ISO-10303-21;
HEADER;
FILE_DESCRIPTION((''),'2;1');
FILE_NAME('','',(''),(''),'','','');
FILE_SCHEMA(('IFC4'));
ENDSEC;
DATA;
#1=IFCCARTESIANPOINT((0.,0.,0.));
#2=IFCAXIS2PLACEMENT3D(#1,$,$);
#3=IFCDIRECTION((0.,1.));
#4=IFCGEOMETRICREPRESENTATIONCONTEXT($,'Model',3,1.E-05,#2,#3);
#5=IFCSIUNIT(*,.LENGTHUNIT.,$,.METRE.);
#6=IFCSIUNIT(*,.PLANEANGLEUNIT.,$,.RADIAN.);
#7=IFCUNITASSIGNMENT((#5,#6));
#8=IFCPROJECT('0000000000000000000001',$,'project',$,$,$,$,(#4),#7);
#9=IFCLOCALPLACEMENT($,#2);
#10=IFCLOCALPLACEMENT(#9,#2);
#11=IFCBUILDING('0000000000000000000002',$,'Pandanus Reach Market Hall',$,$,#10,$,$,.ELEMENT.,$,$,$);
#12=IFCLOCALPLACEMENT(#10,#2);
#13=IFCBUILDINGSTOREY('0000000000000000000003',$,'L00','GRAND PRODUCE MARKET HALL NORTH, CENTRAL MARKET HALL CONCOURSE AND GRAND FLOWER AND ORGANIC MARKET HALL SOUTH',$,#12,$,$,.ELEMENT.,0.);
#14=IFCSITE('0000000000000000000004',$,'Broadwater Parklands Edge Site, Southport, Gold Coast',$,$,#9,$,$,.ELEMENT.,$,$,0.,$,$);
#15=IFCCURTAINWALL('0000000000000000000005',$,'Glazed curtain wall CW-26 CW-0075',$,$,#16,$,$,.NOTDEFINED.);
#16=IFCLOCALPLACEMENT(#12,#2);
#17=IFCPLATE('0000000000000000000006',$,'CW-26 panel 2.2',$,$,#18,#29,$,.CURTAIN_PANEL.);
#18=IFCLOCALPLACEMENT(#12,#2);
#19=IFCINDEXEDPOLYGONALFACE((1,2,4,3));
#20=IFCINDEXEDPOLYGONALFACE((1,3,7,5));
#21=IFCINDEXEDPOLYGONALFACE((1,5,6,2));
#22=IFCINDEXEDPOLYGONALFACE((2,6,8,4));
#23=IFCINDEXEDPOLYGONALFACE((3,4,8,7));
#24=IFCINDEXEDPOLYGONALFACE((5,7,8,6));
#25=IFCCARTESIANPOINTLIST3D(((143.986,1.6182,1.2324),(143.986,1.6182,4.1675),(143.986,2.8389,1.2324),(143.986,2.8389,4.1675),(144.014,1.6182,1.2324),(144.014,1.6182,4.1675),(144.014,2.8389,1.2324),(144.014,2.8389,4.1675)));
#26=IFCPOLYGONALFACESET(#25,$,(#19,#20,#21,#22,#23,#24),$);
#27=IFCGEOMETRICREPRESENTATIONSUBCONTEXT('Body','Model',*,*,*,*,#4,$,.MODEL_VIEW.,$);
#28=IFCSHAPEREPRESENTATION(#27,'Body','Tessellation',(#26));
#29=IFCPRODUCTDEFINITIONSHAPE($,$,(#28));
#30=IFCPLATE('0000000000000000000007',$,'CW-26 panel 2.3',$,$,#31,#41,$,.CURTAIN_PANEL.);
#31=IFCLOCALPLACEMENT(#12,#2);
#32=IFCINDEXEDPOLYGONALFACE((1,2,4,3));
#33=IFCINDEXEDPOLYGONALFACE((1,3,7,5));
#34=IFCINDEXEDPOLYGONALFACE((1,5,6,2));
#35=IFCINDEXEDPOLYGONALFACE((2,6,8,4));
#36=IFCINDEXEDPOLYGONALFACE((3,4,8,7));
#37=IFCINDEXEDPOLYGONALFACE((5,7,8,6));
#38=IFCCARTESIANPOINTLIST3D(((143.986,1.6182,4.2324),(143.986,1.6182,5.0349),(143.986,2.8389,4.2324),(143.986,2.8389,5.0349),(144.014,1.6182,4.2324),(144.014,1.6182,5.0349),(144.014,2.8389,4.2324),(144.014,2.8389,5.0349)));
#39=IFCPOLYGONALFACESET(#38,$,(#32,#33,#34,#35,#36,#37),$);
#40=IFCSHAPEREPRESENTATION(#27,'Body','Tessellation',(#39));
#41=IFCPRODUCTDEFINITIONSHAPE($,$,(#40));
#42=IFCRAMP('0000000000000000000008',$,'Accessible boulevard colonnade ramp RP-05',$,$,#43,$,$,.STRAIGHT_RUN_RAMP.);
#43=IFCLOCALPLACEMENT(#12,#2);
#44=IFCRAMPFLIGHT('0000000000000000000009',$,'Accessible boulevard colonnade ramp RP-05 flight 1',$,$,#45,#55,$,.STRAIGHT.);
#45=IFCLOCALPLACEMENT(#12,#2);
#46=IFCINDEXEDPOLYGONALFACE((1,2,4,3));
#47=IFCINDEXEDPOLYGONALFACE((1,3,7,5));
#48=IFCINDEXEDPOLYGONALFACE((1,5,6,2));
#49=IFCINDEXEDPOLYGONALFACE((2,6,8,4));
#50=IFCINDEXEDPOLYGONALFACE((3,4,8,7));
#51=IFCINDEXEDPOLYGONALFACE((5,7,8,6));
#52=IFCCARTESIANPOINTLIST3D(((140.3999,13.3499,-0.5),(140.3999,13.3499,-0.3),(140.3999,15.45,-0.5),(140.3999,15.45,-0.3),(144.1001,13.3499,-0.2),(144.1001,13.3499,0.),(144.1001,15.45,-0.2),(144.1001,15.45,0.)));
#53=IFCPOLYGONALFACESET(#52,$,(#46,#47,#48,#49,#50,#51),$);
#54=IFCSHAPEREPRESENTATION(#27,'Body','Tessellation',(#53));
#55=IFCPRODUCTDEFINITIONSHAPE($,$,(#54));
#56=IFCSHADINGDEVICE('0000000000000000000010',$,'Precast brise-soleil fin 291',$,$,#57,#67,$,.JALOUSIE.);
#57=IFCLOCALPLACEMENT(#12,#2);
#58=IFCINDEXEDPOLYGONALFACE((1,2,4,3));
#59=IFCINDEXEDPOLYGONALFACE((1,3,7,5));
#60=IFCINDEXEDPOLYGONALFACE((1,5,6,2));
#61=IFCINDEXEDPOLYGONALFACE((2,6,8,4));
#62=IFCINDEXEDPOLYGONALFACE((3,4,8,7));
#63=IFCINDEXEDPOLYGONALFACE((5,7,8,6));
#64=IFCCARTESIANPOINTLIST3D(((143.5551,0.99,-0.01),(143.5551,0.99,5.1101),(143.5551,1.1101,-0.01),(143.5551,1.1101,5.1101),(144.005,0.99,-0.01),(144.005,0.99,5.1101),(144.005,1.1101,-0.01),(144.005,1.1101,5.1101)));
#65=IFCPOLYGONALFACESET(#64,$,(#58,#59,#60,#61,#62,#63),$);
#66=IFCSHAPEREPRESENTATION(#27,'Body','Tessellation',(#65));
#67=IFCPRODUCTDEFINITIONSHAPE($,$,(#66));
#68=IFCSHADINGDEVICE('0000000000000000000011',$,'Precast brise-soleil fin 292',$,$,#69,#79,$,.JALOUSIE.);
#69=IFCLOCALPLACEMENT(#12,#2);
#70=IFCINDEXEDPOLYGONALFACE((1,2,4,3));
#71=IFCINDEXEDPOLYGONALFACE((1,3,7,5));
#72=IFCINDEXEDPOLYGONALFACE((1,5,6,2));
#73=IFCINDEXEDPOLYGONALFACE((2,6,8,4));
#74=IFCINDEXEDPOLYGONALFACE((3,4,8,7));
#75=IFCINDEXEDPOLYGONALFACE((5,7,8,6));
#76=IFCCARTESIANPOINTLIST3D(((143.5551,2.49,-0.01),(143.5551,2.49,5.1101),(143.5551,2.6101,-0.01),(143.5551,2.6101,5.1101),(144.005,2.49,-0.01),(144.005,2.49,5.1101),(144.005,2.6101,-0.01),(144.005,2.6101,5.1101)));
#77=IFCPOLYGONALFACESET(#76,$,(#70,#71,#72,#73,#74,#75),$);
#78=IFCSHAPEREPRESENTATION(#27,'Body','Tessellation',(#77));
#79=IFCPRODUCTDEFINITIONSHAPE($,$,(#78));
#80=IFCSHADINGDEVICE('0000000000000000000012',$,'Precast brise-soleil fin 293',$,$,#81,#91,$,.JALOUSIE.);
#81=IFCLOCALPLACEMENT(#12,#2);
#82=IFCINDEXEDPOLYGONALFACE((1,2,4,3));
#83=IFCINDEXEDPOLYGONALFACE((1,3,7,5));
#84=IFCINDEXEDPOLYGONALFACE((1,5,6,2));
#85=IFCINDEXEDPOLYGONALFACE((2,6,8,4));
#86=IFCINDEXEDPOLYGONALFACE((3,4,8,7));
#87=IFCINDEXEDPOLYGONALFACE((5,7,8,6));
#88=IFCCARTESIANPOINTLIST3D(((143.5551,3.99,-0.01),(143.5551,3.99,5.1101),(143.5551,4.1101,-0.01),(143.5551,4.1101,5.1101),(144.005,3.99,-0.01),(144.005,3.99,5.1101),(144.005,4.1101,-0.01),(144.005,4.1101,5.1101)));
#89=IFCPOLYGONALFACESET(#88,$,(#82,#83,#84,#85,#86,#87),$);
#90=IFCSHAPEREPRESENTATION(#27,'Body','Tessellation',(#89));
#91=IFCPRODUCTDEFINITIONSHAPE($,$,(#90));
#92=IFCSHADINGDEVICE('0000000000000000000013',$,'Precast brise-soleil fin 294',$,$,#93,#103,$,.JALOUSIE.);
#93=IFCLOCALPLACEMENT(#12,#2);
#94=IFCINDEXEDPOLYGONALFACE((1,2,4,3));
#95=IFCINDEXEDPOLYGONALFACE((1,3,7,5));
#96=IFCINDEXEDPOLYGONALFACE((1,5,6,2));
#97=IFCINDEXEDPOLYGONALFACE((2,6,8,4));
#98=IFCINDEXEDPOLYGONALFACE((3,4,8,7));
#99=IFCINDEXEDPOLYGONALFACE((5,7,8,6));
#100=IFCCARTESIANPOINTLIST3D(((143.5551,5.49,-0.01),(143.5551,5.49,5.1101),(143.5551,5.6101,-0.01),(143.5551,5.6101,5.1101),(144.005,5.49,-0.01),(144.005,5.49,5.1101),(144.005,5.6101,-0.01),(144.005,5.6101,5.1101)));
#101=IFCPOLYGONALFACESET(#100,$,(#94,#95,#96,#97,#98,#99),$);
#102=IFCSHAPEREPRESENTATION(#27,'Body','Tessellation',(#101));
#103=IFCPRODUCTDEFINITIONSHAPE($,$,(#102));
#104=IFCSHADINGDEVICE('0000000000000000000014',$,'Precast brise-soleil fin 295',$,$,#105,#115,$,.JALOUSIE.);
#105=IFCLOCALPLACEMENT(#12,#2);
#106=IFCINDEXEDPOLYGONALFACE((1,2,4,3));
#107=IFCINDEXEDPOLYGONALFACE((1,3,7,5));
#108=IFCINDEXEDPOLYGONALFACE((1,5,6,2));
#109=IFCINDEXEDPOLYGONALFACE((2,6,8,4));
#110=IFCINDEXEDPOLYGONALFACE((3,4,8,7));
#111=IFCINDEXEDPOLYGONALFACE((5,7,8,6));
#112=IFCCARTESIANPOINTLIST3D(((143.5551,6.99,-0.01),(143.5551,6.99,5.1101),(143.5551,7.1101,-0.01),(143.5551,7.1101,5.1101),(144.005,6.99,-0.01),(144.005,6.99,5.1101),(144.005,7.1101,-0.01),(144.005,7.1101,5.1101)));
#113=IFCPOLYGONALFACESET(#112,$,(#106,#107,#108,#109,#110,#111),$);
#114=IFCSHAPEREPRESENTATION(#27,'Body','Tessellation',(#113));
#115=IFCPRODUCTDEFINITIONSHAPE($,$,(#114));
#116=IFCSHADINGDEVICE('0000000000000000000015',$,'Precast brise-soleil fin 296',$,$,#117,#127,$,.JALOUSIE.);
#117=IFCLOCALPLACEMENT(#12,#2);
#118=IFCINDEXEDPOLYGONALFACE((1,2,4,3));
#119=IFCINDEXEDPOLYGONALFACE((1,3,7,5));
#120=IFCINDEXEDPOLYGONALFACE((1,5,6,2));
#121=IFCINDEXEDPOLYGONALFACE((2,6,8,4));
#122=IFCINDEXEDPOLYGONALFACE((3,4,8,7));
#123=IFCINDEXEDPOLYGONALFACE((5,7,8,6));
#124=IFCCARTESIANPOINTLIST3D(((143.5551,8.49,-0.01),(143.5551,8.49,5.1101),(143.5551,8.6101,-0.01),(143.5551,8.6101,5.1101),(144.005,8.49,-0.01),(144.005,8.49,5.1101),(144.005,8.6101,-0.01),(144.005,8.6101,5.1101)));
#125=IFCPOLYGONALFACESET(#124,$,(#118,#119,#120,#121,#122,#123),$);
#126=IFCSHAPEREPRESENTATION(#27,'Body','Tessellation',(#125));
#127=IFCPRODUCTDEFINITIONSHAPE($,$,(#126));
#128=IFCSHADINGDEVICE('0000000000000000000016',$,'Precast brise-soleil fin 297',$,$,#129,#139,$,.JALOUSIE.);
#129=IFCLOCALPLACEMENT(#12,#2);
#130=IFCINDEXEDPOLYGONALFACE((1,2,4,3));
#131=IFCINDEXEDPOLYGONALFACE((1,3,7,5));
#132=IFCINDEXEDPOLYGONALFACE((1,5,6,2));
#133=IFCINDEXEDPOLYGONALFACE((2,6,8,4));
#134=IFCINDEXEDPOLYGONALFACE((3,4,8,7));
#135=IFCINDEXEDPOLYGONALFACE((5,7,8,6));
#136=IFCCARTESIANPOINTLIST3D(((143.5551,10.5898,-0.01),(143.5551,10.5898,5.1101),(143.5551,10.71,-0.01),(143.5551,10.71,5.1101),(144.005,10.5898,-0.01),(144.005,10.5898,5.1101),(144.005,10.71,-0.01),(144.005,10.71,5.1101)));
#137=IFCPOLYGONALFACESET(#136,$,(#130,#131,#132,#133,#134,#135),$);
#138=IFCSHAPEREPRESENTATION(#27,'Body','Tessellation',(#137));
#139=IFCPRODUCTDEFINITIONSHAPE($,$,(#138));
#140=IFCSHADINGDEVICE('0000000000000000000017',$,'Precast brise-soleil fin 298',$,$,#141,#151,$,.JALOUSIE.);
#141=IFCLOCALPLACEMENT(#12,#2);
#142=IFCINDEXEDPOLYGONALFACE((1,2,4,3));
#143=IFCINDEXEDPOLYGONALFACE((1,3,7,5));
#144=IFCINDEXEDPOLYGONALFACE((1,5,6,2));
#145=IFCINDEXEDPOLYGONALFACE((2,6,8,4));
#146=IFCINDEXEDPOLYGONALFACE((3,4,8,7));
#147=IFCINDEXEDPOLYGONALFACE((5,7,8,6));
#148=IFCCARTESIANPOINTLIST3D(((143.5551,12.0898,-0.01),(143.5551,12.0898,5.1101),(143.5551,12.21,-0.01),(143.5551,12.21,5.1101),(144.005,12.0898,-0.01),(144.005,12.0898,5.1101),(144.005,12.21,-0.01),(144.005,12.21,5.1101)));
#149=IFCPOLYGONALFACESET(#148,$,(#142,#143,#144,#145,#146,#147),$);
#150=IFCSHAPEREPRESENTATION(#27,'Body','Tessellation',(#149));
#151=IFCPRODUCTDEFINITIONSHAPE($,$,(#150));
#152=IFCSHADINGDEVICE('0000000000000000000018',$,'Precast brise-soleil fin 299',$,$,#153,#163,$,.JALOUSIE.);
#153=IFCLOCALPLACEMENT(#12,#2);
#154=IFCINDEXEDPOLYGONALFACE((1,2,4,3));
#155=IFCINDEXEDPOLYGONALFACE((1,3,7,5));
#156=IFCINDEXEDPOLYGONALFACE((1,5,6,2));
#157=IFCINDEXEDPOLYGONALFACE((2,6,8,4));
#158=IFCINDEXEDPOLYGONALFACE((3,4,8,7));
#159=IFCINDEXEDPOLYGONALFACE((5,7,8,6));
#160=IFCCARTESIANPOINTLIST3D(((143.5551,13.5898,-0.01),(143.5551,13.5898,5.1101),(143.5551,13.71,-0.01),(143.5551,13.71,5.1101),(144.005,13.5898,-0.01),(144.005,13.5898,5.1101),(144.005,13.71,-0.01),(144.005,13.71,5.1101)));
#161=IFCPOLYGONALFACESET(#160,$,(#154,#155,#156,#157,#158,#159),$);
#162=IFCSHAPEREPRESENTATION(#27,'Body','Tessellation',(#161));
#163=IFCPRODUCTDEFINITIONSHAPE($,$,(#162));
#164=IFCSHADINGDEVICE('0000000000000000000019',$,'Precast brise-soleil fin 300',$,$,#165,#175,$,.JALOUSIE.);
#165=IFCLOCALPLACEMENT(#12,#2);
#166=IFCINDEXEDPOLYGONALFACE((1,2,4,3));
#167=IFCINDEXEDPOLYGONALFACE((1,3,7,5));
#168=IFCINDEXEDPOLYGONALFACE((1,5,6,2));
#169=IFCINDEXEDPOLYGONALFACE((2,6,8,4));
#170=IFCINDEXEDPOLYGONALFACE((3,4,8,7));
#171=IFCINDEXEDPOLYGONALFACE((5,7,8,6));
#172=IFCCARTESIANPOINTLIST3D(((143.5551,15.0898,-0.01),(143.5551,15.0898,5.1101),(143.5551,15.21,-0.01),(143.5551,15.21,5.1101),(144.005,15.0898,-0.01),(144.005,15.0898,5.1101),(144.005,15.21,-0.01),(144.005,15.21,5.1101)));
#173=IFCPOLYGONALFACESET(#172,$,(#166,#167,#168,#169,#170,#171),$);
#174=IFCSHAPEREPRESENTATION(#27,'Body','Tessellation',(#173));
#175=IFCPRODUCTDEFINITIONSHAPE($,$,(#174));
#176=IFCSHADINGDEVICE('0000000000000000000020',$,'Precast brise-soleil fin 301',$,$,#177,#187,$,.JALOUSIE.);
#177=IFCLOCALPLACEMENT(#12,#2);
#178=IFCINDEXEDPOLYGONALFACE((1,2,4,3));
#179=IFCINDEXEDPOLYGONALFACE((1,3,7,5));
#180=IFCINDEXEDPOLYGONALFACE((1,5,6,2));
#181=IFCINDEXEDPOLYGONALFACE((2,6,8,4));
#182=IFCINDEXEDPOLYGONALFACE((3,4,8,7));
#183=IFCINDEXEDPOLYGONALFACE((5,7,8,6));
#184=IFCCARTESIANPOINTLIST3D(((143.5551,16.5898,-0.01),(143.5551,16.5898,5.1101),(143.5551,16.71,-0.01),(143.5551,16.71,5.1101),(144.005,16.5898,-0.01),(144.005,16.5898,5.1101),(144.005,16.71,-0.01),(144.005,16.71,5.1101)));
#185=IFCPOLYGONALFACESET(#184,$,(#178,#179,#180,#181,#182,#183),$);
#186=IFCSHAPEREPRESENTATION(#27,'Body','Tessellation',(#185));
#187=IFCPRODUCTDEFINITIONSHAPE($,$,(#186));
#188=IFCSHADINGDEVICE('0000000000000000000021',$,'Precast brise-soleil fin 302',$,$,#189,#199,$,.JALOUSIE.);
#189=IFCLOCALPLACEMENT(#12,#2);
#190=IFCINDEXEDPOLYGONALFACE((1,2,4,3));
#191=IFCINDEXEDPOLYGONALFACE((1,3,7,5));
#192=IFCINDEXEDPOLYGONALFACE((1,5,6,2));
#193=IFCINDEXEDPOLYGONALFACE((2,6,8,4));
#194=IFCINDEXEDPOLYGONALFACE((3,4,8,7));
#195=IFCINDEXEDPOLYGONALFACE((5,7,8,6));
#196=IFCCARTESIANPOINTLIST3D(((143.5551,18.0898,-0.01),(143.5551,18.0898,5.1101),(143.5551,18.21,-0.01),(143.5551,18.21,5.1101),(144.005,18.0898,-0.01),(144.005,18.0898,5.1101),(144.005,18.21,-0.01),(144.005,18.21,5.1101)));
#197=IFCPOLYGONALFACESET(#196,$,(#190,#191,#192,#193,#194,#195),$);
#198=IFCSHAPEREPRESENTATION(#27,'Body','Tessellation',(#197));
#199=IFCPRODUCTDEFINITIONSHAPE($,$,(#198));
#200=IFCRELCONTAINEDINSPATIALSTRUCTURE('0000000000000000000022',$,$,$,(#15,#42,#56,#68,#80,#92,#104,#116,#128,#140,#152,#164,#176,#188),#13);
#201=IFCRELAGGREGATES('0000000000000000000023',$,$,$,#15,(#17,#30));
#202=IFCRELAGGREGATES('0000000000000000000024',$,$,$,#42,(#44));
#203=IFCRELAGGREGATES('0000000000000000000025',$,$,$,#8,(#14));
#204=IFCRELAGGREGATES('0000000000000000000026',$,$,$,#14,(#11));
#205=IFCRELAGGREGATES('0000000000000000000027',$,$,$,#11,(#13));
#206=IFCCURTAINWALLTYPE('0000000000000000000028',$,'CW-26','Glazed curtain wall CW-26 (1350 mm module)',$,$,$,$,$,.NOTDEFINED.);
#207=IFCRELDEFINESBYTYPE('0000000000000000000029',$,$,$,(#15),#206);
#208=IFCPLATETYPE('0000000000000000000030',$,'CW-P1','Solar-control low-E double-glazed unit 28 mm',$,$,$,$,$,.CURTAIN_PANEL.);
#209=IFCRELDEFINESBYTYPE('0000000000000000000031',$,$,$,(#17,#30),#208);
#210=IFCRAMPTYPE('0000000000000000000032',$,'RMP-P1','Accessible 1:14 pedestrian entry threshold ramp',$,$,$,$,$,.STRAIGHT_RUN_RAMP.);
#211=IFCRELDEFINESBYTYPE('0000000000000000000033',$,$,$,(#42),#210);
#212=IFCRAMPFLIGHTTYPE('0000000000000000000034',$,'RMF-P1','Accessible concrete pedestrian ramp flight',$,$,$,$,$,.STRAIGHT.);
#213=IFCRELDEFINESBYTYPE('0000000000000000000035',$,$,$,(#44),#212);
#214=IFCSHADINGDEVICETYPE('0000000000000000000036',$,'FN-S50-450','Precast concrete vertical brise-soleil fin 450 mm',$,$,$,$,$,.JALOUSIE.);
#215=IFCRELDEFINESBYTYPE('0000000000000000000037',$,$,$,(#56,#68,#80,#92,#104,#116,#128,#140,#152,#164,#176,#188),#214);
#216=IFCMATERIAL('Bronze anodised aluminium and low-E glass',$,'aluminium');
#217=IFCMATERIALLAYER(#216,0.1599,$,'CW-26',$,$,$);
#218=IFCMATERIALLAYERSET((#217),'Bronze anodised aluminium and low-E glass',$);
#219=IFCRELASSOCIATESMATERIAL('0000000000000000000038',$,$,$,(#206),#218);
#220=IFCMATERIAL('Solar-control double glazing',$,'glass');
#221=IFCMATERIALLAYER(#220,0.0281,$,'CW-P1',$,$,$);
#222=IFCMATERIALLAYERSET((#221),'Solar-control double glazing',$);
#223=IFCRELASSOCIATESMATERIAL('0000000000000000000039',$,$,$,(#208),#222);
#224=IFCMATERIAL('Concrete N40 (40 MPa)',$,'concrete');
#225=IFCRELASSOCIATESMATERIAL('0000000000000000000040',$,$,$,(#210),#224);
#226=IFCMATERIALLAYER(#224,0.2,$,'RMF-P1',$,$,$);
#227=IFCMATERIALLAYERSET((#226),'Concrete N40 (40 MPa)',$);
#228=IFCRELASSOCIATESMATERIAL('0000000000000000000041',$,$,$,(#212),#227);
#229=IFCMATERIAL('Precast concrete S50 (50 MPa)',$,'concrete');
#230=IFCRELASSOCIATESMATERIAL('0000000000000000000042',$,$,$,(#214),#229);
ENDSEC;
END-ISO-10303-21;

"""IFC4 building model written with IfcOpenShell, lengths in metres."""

from ifc_helpers import new_model, si_unit, direction, frame, origin, origin_2d, place, context, subcontext, project, spatial, polyline, rectangle, outline, extrude, material, layer, layer_set, type_object, element, aggregate, save


model = new_model("IFC4")

# Units and contexts
model_context = context("Model", 3, precision=1e-05, world=origin(), true_north=direction((0.0, 1.0)))
body_context = subcontext(model_context, "Body", "Model", "MODEL_VIEW")
ifc_project = project(units=[si_unit("LENGTHUNIT", "METRE"), si_unit("PLANEANGLEUNIT", "RADIAN")], contexts=[model_context])

# Site, building, storey
site_placement = place(None, origin())
site = spatial("IfcSite", under=ifc_project, at=site_placement, Name="Broadwater Parklands Edge Site, Southport, Gold Coast", CompositionType="ELEMENT", RefElevation=0.0)
building_placement = place(site_placement, origin())
building = spatial("IfcBuilding", under=site, at=building_placement, Name="Pandanus Reach Market Hall", CompositionType="ELEMENT")
storey_placement = place(building_placement, origin())
storey = spatial("IfcBuildingStorey", under=building, at=storey_placement, Name="L00", Description="GRAND PRODUCE MARKET HALL NORTH, CENTRAL MARKET HALL CONCOURSE AND GRAND FLOWER AND ORGANIC MARKET HALL SOUTH", CompositionType="ELEMENT", Elevation=0.0)

# Shared definitions
ifc_material_1 = material(Name="Concrete N40 (40 MPa)", Category="concrete")

# Shared definitions
ifc_material_2 = material(Name="Precast concrete S50 (50 MPa)", Category="concrete")

# Curtain wall, plates
ifc_material_3 = material(Name="Bronze anodised aluminium and low-E glass", Category="aluminium")
ifc_layer_1 = layer(ifc_material_3, 0.1599, Name="CW-26")
ifc_layer_set_1 = layer_set([ifc_layer_1], Name="Bronze anodised aluminium and low-E glass")
curtain_wall_type = type_object("IfcCurtainWallType", Name="CW-26", Description="Glazed curtain wall CW-26 (1350 mm module)", PredefinedType="NOTDEFINED", material=ifc_layer_set_1)
curtain_wall_placement = place(storey_placement, origin())
curtain_wall = element("IfcCurtainWall", 1, at=curtain_wall_placement, inside=storey, type_object=curtain_wall_type, Name="Glazed curtain wall CW-26 CW-0075", PredefinedType="NOTDEFINED")
ifc_material_4 = material(Name="Solar-control double glazing", Category="glass")
ifc_layer_2 = layer(ifc_material_4, 0.0281, Name="CW-P1")
ifc_layer_set_2 = layer_set([ifc_layer_2], Name="Solar-control double glazing")
plate_type = type_object("IfcPlateType", Name="CW-P1", Description="Solar-control low-E double-glazed unit 28 mm", PredefinedType="CURTAIN_PANEL", material=ifc_layer_set_2)
plate_1_placement = place(storey_placement, frame((144.0, 2.2285, 1.2324), z_axis=(0.0, 0.0, 1.0), x_axis=(0.0, 1.0, 0.0)))
plate_1 = element("IfcPlate", 2, at=plate_1_placement, type_object=plate_type, Name="CW-26 panel 2.2", PredefinedType="CURTAIN_PANEL", context=body_context, shape_type="SweptSolid", body=[
    extrude(rectangle(XDim=1.2207, YDim=0.0281, at=origin_2d()), origin(), (0.0, 0.0, 1.0), 2.9351),
])
plate_2_placement = place(storey_placement, frame((144.0, 2.2285, 4.2324), z_axis=(0.0, 0.0, 1.0), x_axis=(0.0, 1.0, 0.0)))
plate_2 = element("IfcPlate", 3, at=plate_2_placement, type_object=plate_type, Name="CW-26 panel 2.3", PredefinedType="CURTAIN_PANEL", context=body_context, shape_type="SweptSolid", body=[
    extrude(rectangle(XDim=1.2207, YDim=0.0281, at=origin_2d()), origin(), (0.0, 0.0, 1.0), 0.8025),
])
aggregate(curtain_wall, [plate_1, plate_2])

# Ramp, ramp flight
ramp_type = type_object("IfcRampType", Name="RMP-P1", Description="Accessible 1:14 pedestrian entry threshold ramp", PredefinedType="STRAIGHT_RUN_RAMP", material=ifc_material_1)
ramp_placement = place(storey_placement, origin())
ramp = element("IfcRamp", 4, at=ramp_placement, inside=storey, type_object=ramp_type, Name="Accessible boulevard colonnade ramp RP-05", PredefinedType="STRAIGHT_RUN_RAMP")
ifc_layer_3 = layer(ifc_material_1, 0.2, Name="RMF-P1")
ifc_layer_set_3 = layer_set([ifc_layer_3], Name="Concrete N40 (40 MPa)")
ramp_flight_type = type_object("IfcRampFlightType", Name="RMF-P1", Description="Accessible concrete pedestrian ramp flight", PredefinedType="STRAIGHT", material=ifc_layer_set_3)
ramp_flight_placement = place(storey_placement, frame((140.3999, 14.3999, -0.3), z_axis=(0.0, 0.0, 1.0), x_axis=(1.0, 0.0, 0.0)))
ramp_flight = element("IfcRampFlight", 5, at=ramp_flight_placement, type_object=ramp_flight_type, Name="Accessible boulevard colonnade ramp RP-05 flight 1", PredefinedType="STRAIGHT", context=body_context, shape_type="SweptSolid", body=[
    extrude(outline(polyline([(0.0, 0.0), (3.7002, 0.3), (3.7002, 0.1001), (0.0, -0.2), (0.0, 0.0)])), frame((0.0, 1.05, 0.0), z_axis=(0.0, -1.0, 0.0), x_axis=(1.0, 0.0, 0.0)), (0.0, 0.0, 1.0), 2.1001),
])
aggregate(ramp, [ramp_flight])

# Shading devices
shading_device_type = type_object("IfcShadingDeviceType", Name="FN-S50-450", Description="Precast concrete vertical brise-soleil fin 450 mm", PredefinedType="JALOUSIE", material=ifc_material_2)
for number, where, z_axis, x_axis, name in (
    (6, (143.78, 1.05, -0.01), (0.0, 0.0, 1.0), (-1.0, 0.0, 0.0), "Precast brise-soleil fin 291"),
    (7, (143.78, 2.55, -0.01), (0.0, 0.0, 1.0), (-1.0, 0.0, 0.0), "Precast brise-soleil fin 292"),
    (8, (143.78, 4.05, -0.01), (0.0, 0.0, 1.0), (-1.0, 0.0, 0.0), "Precast brise-soleil fin 293"),
    (9, (143.78, 5.55, -0.01), (0.0, 0.0, 1.0), (-1.0, 0.0, 0.0), "Precast brise-soleil fin 294"),
    (10, (143.78, 7.05, -0.01), (0.0, 0.0, 1.0), (-1.0, 0.0, 0.0), "Precast brise-soleil fin 295"),
    (11, (143.78, 8.55, -0.01), (0.0, 0.0, 1.0), (-1.0, 0.0, 0.0), "Precast brise-soleil fin 296"),
    (12, (143.78, 10.6499, -0.01), (0.0, 0.0, 1.0), (-1.0, 0.0, 0.0), "Precast brise-soleil fin 297"),
    (13, (143.78, 12.1499, -0.01), (0.0, 0.0, 1.0), (-1.0, 0.0, 0.0), "Precast brise-soleil fin 298"),
    (14, (143.78, 13.6499, -0.01), (0.0, 0.0, 1.0), (-1.0, 0.0, 0.0), "Precast brise-soleil fin 299"),
    (15, (143.78, 15.1499, -0.01), (0.0, 0.0, 1.0), (-1.0, 0.0, 0.0), "Precast brise-soleil fin 300"),
    (16, (143.78, 16.6499, -0.01), (0.0, 0.0, 1.0), (-1.0, 0.0, 0.0), "Precast brise-soleil fin 301"),
    (17, (143.78, 18.1499, -0.01), (0.0, 0.0, 1.0), (-1.0, 0.0, 0.0), "Precast brise-soleil fin 302"),
):
    element("IfcShadingDevice", number, at=place(storey_placement, frame(where, z_axis=z_axis, x_axis=x_axis)), inside=storey, type_object=shading_device_type, Name=name, PredefinedType="JALOUSIE", context=body_context, shape_type="SweptSolid", body=[
        extrude(rectangle(XDim=0.45, YDim=0.1201, at=origin_2d()), origin(), (0.0, 0.0, 1.0), 5.1201),
    ])

save(model, "model.ifc")
